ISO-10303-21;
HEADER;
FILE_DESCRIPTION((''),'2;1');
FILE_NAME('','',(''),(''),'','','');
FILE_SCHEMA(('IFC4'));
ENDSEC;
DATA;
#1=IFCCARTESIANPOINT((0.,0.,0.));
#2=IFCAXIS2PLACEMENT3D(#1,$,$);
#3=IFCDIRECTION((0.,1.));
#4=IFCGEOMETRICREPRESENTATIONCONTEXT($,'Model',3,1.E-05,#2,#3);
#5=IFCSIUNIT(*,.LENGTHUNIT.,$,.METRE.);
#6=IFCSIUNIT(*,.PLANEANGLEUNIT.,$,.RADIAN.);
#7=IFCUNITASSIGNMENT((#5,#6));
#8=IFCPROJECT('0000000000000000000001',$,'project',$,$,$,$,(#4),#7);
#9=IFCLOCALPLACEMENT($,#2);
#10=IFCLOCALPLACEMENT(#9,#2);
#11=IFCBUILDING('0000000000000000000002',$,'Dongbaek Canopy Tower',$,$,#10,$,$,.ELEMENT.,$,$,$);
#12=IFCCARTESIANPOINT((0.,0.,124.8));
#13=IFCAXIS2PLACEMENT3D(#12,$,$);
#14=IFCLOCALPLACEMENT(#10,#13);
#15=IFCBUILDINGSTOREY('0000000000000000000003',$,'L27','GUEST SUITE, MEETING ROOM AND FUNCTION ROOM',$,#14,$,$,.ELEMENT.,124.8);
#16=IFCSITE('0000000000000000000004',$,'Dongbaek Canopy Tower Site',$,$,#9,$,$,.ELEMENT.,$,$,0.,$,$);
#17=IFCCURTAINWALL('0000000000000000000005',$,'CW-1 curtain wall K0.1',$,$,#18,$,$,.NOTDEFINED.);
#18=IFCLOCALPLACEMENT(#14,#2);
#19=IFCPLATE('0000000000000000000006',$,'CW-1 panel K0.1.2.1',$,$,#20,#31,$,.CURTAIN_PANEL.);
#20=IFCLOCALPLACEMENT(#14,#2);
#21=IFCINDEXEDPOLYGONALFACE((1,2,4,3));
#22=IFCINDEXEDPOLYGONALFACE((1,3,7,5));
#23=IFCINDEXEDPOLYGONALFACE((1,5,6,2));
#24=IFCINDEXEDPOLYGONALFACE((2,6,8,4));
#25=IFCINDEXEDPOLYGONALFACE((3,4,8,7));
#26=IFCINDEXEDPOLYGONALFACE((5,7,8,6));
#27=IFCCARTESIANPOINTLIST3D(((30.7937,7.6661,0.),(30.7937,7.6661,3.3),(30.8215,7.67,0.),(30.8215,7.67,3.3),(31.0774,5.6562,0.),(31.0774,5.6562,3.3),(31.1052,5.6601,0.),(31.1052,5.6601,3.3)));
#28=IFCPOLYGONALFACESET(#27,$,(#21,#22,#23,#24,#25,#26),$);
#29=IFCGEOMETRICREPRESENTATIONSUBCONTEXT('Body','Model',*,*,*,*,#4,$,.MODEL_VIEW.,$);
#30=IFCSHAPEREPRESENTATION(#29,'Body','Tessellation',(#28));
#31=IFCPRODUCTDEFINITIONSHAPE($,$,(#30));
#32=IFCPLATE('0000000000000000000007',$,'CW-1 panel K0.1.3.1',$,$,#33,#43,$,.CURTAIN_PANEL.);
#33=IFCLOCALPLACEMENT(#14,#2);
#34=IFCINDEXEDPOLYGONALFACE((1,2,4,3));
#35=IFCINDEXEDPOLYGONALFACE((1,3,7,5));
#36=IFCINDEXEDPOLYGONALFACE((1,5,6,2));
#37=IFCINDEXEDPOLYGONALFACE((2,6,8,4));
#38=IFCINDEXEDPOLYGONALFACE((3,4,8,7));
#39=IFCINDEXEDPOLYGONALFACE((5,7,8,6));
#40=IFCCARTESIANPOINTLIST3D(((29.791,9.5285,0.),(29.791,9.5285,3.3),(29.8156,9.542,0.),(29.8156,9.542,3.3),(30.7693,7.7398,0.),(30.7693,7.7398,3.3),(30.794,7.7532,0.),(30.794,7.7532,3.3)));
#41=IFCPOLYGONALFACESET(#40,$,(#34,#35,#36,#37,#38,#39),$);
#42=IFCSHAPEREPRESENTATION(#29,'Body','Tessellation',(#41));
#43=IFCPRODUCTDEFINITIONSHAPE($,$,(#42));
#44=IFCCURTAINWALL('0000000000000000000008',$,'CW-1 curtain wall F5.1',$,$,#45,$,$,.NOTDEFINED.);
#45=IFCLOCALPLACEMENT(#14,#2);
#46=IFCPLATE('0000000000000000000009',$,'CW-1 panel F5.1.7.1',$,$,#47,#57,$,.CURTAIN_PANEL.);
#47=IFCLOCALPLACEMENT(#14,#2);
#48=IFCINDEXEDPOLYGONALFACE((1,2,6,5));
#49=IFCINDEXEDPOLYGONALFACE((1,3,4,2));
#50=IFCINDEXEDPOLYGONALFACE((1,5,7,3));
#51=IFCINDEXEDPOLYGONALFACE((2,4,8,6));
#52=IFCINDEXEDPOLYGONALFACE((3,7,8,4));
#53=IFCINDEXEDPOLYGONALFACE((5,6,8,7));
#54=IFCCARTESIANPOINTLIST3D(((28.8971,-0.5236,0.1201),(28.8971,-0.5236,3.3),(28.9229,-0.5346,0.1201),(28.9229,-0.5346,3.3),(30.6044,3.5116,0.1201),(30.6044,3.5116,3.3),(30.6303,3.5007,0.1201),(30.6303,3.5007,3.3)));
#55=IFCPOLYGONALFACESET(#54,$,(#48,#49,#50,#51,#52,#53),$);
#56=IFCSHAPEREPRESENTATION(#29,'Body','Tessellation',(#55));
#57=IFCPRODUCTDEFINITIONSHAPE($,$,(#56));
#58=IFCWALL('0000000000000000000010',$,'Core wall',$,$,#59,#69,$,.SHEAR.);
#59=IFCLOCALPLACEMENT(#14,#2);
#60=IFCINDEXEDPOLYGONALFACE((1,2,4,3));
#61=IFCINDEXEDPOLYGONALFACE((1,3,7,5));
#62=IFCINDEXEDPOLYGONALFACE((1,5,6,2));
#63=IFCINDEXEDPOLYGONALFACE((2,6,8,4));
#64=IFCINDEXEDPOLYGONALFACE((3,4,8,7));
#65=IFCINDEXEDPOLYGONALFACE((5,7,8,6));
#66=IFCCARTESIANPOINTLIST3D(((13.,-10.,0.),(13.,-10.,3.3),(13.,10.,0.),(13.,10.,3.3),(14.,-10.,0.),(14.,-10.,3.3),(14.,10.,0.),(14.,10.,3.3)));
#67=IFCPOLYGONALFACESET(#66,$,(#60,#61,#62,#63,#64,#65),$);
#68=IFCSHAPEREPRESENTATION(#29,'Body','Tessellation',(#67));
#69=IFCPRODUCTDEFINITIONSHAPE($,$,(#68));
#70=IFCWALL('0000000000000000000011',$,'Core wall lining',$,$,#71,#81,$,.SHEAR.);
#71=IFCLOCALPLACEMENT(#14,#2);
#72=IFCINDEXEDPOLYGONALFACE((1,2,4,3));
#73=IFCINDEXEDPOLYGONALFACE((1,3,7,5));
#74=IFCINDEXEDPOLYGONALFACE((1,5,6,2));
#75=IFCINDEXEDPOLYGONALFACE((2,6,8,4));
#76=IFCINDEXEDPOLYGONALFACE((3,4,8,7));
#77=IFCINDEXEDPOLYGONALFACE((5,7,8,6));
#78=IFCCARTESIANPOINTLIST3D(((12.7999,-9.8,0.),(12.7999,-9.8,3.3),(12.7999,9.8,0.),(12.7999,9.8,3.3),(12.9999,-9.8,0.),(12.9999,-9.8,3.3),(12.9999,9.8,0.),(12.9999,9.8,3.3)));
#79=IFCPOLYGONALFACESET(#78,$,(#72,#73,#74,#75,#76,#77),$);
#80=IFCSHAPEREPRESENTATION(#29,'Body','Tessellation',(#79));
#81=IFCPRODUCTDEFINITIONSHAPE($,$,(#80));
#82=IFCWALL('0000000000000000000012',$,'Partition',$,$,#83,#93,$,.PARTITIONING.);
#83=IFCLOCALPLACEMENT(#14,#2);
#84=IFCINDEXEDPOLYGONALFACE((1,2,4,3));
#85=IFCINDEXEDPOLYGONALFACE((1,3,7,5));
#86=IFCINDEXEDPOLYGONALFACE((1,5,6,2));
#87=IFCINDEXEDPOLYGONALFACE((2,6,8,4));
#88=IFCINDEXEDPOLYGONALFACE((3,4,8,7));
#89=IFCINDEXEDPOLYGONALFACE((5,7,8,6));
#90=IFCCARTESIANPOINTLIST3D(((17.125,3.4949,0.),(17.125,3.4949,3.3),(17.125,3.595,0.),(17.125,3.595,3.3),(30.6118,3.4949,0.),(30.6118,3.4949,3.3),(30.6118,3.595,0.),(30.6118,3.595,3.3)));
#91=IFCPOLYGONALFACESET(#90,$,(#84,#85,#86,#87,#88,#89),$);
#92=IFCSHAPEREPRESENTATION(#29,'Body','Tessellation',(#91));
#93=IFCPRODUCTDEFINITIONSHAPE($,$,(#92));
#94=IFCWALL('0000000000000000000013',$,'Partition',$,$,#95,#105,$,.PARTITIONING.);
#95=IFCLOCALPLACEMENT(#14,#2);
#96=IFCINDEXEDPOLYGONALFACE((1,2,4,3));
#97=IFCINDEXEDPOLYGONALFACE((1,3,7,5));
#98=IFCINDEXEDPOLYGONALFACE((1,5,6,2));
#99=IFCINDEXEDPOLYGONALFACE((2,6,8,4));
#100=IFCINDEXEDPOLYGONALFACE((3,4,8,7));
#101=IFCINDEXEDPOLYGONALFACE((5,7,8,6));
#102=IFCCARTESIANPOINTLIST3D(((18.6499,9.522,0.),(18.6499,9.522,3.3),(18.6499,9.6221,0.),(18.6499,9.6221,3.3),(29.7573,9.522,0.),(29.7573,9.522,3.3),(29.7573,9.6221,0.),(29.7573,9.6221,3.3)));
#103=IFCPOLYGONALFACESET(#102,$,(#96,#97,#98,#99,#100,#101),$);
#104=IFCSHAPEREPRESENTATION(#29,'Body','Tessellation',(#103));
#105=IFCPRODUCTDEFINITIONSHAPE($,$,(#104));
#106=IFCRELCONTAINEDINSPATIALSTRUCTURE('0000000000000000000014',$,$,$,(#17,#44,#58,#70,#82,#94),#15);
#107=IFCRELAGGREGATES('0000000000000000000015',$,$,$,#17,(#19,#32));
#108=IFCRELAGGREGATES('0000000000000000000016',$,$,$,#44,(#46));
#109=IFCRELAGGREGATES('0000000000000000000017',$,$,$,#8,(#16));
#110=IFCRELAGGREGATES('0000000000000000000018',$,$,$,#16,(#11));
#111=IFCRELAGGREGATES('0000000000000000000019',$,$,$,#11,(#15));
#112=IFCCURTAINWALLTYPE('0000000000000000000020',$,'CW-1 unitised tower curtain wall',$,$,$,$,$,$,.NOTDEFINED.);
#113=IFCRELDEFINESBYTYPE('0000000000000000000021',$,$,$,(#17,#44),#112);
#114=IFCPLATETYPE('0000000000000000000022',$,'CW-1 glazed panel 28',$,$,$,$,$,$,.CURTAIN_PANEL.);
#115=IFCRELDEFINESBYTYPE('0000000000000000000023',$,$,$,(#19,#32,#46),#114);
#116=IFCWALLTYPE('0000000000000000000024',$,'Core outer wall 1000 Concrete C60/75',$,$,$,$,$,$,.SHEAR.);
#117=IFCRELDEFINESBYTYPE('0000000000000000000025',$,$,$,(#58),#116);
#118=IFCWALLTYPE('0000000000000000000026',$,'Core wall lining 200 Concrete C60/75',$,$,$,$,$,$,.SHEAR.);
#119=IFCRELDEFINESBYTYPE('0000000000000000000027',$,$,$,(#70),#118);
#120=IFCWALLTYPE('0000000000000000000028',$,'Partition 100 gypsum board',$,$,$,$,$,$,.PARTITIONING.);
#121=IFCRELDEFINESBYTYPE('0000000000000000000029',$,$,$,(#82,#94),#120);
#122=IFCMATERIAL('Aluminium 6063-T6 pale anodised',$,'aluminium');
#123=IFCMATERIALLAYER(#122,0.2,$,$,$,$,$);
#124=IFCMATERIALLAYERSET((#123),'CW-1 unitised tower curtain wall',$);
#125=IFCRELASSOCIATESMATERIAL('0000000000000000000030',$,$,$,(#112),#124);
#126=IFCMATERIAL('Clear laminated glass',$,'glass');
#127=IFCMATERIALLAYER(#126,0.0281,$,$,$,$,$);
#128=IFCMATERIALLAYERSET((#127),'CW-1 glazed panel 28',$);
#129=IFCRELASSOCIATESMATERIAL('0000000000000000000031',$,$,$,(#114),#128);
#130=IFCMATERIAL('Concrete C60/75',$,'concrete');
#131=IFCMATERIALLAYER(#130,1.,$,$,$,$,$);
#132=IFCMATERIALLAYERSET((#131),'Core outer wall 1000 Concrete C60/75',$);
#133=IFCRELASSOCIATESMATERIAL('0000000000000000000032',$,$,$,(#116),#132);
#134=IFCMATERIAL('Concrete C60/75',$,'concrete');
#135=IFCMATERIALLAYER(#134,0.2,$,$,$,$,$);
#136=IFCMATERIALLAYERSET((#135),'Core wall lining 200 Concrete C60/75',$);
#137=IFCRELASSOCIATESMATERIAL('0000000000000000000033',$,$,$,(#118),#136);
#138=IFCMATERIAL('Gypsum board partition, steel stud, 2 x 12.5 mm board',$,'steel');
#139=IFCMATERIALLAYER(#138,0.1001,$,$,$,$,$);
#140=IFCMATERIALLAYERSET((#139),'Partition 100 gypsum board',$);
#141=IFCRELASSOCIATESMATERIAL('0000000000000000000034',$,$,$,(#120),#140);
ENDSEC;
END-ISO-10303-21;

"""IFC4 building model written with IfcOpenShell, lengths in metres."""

from ifc_helpers import new_model, si_unit, direction, frame, frame_2d, origin, origin_2d, place, context, subcontext, project, spatial, rectangle, extrude, material, layer, layer_set, type_object, element, aggregate, save


model = new_model("IFC4")

# Units and contexts
model_context = context("Model", 3, precision=1e-05, world=origin(), true_north=direction((0.0, 1.0)))
body_context = subcontext(model_context, "Body", "Model", "MODEL_VIEW")
ifc_project = project(units=[si_unit("LENGTHUNIT", "METRE"), si_unit("PLANEANGLEUNIT", "RADIAN")], contexts=[model_context])

# Site, building, storey
site_placement = place(None, origin())
site = spatial("IfcSite", under=ifc_project, at=site_placement, Name="Dongbaek Canopy Tower Site", CompositionType="ELEMENT", RefElevation=0.0)
building_placement = place(site_placement, origin())
building = spatial("IfcBuilding", under=site, at=building_placement, Name="Dongbaek Canopy Tower", CompositionType="ELEMENT")
storey_placement = place(building_placement, frame((0.0, 0.0, 124.8)))
storey = spatial("IfcBuildingStorey", under=building, at=storey_placement, Name="L27", Description="GUEST SUITE, MEETING ROOM AND FUNCTION ROOM", CompositionType="ELEMENT", Elevation=124.8)

# Curtain wall
ifc_material_1 = material(Name="Aluminium 6063-T6 pale anodised", Category="aluminium")
ifc_layer_1 = layer(ifc_material_1, 0.2)
ifc_layer_set_1 = layer_set([ifc_layer_1], Name="CW-1 unitised tower curtain wall")
curtain_wall_type = type_object("IfcCurtainWallType", Name="CW-1 unitised tower curtain wall", PredefinedType="NOTDEFINED", material=ifc_layer_set_1)
curtain_wall_1_placement = place(storey_placement, origin())
curtain_wall_1 = element("IfcCurtainWall", 1, at=curtain_wall_1_placement, inside=storey, type_object=curtain_wall_type, Name="CW-1 curtain wall K0.1", PredefinedType="NOTDEFINED")

# Plates
ifc_material_2 = material(Name="Clear laminated glass", Category="glass")
ifc_layer_2 = layer(ifc_material_2, 0.0281)
ifc_layer_set_2 = layer_set([ifc_layer_2], Name="CW-1 glazed panel 28")
plate_type = type_object("IfcPlateType", Name="CW-1 glazed panel 28", PredefinedType="CURTAIN_PANEL", material=ifc_layer_set_2)
plate_1_placement = place(storey_placement, frame((30.9495, 6.6631, 0.0), z_axis=(0.0, 0.0, 1.0), x_axis=(-0.139736, 0.990189, 0.0)))
plate_1 = element("IfcPlate", 2, at=plate_1_placement, type_object=plate_type, Name="CW-1 panel K0.1.2.1", PredefinedType="CURTAIN_PANEL", context=body_context, shape_type="SweptSolid", body=[
    extrude(rectangle(XDim=2.0298, YDim=0.0281, at=origin_2d()), origin(), (0.0, 0.0, 1.0), 3.3),
])
plate_2_placement = place(storey_placement, frame((30.2925, 8.6409, 0.0), z_axis=(0.0, 0.0, 1.0), x_axis=(-0.479865, 0.877342, 0.0)))
plate_2 = element("IfcPlate", 3, at=plate_2_placement, type_object=plate_type, Name="CW-1 panel K0.1.3.1", PredefinedType="CURTAIN_PANEL", context=body_context, shape_type="SweptSolid", body=[
    extrude(rectangle(XDim=2.0388, YDim=0.0281, at=origin_2d()), origin(), (0.0, 0.0, 1.0), 3.3),
])
aggregate(curtain_wall_1, [plate_1, plate_2])

# Curtain wall, plate
curtain_wall_2_placement = place(storey_placement, origin())
curtain_wall_2 = element("IfcCurtainWall", 4, at=curtain_wall_2_placement, inside=storey, type_object=curtain_wall_type, Name="CW-1 curtain wall F5.1", PredefinedType="NOTDEFINED")
plate_3_placement = place(storey_placement, frame((29.7637, 1.4885, 0.1201), z_axis=(0.0, 0.0, 1.0), x_axis=(0.389663, 0.920958, 0.0)))
plate_3 = element("IfcPlate", 5, at=plate_3_placement, type_object=plate_type, Name="CW-1 panel F5.1.7.1", PredefinedType="CURTAIN_PANEL", context=body_context, shape_type="SweptSolid", body=[
    extrude(rectangle(XDim=4.3816, YDim=0.0281, at=origin_2d()), origin(), (0.0, 0.0, 1.0), 3.1799),
])
aggregate(curtain_wall_2, [plate_3])

# Walls
ifc_material_3 = material(Name="Concrete C60/75", Category="concrete")
ifc_layer_3 = layer(ifc_material_3, 1.0)
ifc_layer_set_3 = layer_set([ifc_layer_3], Name="Core outer wall 1000 Concrete C60/75")
wall_type_1 = type_object("IfcWallType", Name="Core outer wall 1000 Concrete C60/75", PredefinedType="SHEAR", material=ifc_layer_set_3)
wall_1_placement = place(storey_placement, frame((13.5, 10.0, 0.0), z_axis=(0.0, 0.0, 1.0), x_axis=(0.0, -1.0, 0.0)))
element("IfcWall", 6, at=wall_1_placement, inside=storey, type_object=wall_type_1, Name="Core wall", PredefinedType="SHEAR", context=body_context, shape_type="SweptSolid", body=[
    extrude(rectangle(XDim=20.0, YDim=1.0, at=frame_2d((10.0, 0.0))), origin(), (0.0, 0.0, 1.0), 3.3),
])
ifc_material_4 = material(Name="Concrete C60/75", Category="concrete")
ifc_layer_4 = layer(ifc_material_4, 0.2)
ifc_layer_set_4 = layer_set([ifc_layer_4], Name="Core wall lining 200 Concrete C60/75")
wall_type_2 = type_object("IfcWallType", Name="Core wall lining 200 Concrete C60/75", PredefinedType="SHEAR", material=ifc_layer_set_4)
wall_2_placement = place(storey_placement, frame((12.8999, 9.8, 0.0), z_axis=(0.0, 0.0, 1.0), x_axis=(0.0, -1.0, 0.0)))
element("IfcWall", 7, at=wall_2_placement, inside=storey, type_object=wall_type_2, Name="Core wall lining", PredefinedType="SHEAR", context=body_context, shape_type="SweptSolid", body=[
    extrude(rectangle(XDim=19.6001, YDim=0.2, at=frame_2d((9.8, 0.0))), origin(), (0.0, 0.0, 1.0), 3.3),
])
ifc_material_5 = material(Name="Gypsum board partition, steel stud, 2 x 12.5 mm board", Category="steel")
ifc_layer_5 = layer(ifc_material_5, 0.1001)
ifc_layer_set_5 = layer_set([ifc_layer_5], Name="Partition 100 gypsum board")
wall_type_3 = type_object("IfcWallType", Name="Partition 100 gypsum board", PredefinedType="PARTITIONING", material=ifc_layer_set_5)
wall_3_placement = place(storey_placement, frame((17.125, 3.5449, 0.0), z_axis=(0.0, 0.0, 1.0), x_axis=(1.0, 0.0, 0.0)))
element("IfcWall", 8, at=wall_3_placement, inside=storey, type_object=wall_type_3, Name="Partition", PredefinedType="PARTITIONING", context=body_context, shape_type="SweptSolid", body=[
    extrude(rectangle(XDim=13.4868, YDim=0.1001, at=frame_2d((6.7434, 0.0))), origin(), (0.0, 0.0, 1.0), 3.3),
])
wall_4_placement = place(storey_placement, frame((18.6499, 9.572, 0.0), z_axis=(0.0, 0.0, 1.0), x_axis=(1.0, 0.0, 0.0)))
element("IfcWall", 9, at=wall_4_placement, inside=storey, type_object=wall_type_3, Name="Partition", PredefinedType="PARTITIONING", context=body_context, shape_type="SweptSolid", body=[
    extrude(rectangle(XDim=11.1074, YDim=0.1001, at=frame_2d((5.5537, 0.0))), origin(), (0.0, 0.0, 1.0), 3.3),
])

save(model, "model.ifc")
